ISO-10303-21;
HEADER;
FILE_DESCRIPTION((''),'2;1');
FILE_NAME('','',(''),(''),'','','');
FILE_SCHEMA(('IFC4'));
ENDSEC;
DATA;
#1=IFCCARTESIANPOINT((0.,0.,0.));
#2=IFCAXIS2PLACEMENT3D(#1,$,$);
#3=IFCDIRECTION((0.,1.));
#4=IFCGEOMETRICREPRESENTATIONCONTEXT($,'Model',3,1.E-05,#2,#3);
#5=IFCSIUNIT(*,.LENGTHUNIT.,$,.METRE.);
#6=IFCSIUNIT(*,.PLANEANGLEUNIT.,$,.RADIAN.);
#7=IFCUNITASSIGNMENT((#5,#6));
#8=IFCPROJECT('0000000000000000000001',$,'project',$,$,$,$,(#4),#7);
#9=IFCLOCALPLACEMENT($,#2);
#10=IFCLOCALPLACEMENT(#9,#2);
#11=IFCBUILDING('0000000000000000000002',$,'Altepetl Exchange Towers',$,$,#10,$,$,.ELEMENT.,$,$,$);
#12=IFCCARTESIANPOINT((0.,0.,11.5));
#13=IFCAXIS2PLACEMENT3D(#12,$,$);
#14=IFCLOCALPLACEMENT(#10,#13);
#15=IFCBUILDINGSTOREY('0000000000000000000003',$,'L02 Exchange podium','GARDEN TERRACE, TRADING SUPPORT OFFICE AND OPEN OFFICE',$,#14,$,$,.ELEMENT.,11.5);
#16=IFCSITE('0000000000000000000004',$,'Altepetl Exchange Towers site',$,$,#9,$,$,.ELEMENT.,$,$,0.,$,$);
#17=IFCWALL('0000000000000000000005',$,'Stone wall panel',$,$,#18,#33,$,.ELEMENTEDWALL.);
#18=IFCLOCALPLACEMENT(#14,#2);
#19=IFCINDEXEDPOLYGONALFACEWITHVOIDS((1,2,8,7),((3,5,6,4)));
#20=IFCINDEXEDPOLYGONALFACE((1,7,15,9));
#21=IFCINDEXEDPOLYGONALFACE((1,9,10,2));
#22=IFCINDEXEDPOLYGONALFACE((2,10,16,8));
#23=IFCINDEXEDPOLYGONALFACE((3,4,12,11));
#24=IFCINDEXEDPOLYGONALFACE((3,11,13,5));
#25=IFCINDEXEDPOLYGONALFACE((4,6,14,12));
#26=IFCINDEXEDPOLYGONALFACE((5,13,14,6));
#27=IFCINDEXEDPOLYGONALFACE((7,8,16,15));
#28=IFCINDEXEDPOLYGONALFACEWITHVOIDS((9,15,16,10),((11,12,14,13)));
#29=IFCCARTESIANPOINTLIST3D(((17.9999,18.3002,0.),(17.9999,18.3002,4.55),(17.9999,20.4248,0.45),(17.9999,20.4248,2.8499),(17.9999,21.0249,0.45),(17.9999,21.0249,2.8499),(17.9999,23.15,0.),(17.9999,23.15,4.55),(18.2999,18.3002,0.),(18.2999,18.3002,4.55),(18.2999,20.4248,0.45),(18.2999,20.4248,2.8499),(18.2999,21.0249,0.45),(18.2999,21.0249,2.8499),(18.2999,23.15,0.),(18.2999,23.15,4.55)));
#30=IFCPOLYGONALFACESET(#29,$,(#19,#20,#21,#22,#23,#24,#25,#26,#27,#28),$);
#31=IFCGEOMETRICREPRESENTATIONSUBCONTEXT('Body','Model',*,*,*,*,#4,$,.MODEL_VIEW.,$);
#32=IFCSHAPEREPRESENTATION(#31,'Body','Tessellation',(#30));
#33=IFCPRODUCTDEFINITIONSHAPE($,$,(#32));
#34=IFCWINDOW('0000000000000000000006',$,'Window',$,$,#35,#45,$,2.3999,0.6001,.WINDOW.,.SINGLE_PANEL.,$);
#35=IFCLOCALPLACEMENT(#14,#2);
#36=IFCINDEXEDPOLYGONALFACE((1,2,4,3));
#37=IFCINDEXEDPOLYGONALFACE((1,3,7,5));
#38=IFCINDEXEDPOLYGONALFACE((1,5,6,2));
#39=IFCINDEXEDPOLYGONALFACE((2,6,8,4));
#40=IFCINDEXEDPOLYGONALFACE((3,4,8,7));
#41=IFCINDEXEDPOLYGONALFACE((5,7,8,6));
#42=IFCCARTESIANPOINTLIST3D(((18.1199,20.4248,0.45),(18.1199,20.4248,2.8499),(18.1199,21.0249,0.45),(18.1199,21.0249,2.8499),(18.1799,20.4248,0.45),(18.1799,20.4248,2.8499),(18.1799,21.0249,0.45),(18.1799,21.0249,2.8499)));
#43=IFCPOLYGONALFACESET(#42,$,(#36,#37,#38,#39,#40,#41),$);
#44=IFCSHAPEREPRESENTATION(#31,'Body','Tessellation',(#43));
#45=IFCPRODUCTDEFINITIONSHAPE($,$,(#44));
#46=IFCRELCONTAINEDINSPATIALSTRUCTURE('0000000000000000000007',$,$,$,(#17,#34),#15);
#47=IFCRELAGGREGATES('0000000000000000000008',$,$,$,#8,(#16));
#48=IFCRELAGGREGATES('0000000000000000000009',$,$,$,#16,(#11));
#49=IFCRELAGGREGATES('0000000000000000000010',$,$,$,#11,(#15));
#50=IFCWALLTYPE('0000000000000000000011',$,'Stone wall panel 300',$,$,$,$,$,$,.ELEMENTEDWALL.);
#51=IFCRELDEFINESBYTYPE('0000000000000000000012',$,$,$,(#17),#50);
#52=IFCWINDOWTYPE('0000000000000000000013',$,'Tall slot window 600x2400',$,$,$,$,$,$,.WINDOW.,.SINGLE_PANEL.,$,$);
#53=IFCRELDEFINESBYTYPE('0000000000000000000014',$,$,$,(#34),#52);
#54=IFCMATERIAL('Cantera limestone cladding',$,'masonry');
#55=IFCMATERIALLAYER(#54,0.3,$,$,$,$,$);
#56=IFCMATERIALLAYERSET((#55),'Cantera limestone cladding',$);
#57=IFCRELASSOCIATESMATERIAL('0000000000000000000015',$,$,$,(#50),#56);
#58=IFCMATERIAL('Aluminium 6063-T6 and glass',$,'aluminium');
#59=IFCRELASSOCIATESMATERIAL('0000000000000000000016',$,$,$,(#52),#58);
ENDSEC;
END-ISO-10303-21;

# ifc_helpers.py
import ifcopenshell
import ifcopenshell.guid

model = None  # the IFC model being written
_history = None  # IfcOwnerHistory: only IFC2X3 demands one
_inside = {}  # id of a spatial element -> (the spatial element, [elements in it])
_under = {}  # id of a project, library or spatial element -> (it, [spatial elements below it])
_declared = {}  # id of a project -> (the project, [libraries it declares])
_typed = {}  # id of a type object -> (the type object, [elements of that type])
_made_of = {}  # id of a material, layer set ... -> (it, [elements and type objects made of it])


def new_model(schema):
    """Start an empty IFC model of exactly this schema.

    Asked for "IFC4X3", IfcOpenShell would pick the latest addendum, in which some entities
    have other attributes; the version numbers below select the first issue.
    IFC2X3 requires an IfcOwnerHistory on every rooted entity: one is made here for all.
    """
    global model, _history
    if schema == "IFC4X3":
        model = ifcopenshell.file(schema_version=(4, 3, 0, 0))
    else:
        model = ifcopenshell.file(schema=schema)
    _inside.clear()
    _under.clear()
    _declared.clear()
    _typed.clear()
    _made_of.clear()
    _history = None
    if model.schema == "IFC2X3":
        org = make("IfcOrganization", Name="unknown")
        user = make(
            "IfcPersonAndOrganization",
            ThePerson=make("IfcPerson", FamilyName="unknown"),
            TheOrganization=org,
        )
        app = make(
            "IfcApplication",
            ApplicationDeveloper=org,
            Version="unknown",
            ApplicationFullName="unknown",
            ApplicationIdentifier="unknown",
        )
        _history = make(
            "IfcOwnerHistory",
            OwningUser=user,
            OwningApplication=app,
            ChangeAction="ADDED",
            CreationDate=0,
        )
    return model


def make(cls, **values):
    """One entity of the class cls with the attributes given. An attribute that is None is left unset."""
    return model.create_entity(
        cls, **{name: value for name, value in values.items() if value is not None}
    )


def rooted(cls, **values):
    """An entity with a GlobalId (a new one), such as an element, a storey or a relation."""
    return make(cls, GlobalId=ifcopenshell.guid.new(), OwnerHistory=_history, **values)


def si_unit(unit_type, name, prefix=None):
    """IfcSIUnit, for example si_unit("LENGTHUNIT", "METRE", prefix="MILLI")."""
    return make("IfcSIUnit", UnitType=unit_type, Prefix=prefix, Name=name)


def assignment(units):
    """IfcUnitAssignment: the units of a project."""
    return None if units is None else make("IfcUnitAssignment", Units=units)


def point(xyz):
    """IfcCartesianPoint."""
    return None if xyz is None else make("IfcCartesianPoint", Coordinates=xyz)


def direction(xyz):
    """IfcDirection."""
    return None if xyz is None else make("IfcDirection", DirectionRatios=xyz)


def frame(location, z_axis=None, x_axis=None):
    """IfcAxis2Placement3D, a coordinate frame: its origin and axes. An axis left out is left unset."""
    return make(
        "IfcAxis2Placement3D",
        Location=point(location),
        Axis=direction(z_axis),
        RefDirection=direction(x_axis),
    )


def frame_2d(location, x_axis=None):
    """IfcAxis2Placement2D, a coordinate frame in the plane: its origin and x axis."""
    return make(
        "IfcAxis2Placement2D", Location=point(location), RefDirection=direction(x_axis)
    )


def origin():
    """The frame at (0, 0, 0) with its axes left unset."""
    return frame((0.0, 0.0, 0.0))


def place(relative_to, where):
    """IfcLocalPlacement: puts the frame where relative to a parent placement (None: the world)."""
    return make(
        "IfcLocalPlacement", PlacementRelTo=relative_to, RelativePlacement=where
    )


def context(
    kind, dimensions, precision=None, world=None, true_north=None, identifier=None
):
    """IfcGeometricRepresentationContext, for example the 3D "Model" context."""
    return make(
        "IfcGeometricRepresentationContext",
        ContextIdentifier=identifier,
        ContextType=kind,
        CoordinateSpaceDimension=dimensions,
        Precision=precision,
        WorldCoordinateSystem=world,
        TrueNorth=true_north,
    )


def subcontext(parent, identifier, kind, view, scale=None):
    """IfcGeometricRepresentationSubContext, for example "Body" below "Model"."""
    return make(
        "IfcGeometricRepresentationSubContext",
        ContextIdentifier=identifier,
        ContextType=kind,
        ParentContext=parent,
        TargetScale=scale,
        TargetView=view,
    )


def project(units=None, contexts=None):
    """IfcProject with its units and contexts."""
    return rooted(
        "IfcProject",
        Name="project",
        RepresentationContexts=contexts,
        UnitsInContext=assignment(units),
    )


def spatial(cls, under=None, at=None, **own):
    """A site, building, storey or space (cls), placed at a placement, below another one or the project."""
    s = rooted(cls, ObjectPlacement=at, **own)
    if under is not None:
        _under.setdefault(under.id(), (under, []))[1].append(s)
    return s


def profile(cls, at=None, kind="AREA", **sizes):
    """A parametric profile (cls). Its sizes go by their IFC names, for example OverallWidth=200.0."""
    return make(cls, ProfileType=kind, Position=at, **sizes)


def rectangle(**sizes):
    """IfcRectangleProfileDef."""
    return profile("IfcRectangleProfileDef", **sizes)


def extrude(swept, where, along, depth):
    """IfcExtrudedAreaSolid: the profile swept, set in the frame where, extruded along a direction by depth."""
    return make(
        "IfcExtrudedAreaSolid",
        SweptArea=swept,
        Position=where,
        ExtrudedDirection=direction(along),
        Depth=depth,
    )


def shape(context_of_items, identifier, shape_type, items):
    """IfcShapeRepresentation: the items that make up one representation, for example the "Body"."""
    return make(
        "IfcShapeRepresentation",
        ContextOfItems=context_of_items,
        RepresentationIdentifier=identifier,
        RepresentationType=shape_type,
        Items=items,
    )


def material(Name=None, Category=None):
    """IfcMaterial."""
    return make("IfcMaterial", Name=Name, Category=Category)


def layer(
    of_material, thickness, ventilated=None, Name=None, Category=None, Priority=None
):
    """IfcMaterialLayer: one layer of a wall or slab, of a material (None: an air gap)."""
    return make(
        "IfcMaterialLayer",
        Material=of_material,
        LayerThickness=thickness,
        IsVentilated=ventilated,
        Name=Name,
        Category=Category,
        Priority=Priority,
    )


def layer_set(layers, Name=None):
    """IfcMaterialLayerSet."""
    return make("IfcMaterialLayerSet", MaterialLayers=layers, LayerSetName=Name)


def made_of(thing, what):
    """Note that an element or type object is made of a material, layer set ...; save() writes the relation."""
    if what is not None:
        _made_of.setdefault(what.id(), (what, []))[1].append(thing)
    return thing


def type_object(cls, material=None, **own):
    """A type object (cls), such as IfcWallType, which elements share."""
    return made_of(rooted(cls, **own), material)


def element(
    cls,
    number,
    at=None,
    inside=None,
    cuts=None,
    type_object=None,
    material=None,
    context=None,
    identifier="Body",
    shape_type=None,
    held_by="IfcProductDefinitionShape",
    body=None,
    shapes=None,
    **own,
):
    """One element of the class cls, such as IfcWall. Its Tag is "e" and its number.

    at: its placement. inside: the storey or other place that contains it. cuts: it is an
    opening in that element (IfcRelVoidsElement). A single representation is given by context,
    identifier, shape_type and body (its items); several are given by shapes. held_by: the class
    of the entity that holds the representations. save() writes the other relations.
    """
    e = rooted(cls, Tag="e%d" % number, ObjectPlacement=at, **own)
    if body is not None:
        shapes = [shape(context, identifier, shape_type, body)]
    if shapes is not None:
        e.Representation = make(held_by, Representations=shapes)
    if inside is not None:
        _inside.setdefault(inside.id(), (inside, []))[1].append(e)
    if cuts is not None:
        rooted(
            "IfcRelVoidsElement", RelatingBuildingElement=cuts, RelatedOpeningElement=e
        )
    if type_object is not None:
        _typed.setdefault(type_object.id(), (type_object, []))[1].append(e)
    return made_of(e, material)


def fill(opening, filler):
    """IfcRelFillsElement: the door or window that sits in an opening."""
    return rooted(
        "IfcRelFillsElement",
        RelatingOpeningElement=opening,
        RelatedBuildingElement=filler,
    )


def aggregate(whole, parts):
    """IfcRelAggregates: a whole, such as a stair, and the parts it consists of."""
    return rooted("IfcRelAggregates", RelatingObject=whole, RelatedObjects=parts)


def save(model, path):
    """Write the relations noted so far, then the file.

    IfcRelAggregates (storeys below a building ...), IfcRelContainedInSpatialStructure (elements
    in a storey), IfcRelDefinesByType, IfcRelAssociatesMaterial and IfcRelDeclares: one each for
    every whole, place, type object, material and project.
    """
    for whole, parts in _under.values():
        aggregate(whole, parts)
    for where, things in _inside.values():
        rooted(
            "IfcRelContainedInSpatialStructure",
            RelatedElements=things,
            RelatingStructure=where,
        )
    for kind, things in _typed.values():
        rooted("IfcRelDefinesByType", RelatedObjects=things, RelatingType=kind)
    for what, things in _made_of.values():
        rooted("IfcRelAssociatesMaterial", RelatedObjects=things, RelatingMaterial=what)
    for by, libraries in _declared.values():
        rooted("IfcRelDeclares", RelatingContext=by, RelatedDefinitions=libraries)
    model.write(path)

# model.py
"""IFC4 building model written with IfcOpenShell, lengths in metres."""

from ifc_helpers import new_model, si_unit, direction, frame, frame_2d, origin, place, context, subcontext, project, spatial, rectangle, extrude, material, layer, layer_set, type_object, element, fill, save


model = new_model("IFC4")

# Units and contexts
model_context = context("Model", 3, precision=1e-05, world=origin(), true_north=direction((0.0, 1.0)))
body_context = subcontext(model_context, "Body", "Model", "MODEL_VIEW")
ifc_project = project(units=[si_unit("LENGTHUNIT", "METRE"), si_unit("PLANEANGLEUNIT", "RADIAN")], contexts=[model_context])

# Site, building, storey
site_placement = place(None, origin())
site = spatial("IfcSite", under=ifc_project, at=site_placement, Name="Altepetl Exchange Towers site", CompositionType="ELEMENT", RefElevation=0.0)
building_placement = place(site_placement, origin())
building = spatial("IfcBuilding", under=site, at=building_placement, Name="Altepetl Exchange Towers", CompositionType="ELEMENT")
storey_placement = place(building_placement, frame((0.0, 0.0, 11.5)))
storey = spatial("IfcBuildingStorey", under=building, at=storey_placement, Name="L02 Exchange podium", Description="GARDEN TERRACE, TRADING SUPPORT OFFICE AND OPEN OFFICE", CompositionType="ELEMENT", Elevation=11.5)

# Shared definitions
ifc_material_1 = material(Name="Aluminium 6063-T6 and glass", Category="aluminium")

# Wall, opening, window
ifc_material_2 = material(Name="Cantera limestone cladding", Category="masonry")
ifc_layer_1 = layer(ifc_material_2, 0.3)
ifc_layer_set_1 = layer_set([ifc_layer_1], Name="Cantera limestone cladding")
wall_type_1 = type_object("IfcWallType", Name="Stone wall panel 300", PredefinedType="ELEMENTEDWALL", material=ifc_layer_set_1)
window_type = type_object("IfcWindowType", Name="Tall slot window 600x2400", PartitioningType="SINGLE_PANEL", PredefinedType="WINDOW", material=ifc_material_1)
wall_1_placement = place(storey_placement, frame((18.1499, 23.1499, 0.0), z_axis=(0.0, 0.0, 1.0), x_axis=(0.0, -1.0, 0.0)))
wall_1 = element("IfcWall", 1, at=wall_1_placement, inside=storey, type_object=wall_type_1, Name="Stone wall panel", PredefinedType="ELEMENTEDWALL", context=body_context, shape_type="SweptSolid", body=[
    extrude(rectangle(XDim=4.8499, YDim=0.3, at=frame_2d((2.4248, 0.0))), origin(), (0.0, 0.0, 1.0), 4.55),
])
opening_1_placement = place(wall_1_placement, frame((2.125, 0.0, 0.45)))
opening_1 = element("IfcOpeningElement", 2, at=opening_1_placement, cuts=wall_1, PredefinedType="OPENING", context=body_context, shape_type="SweptSolid", body=[
    extrude(rectangle(XDim=0.6001, YDim=2.3999, at=frame_2d((0.3, 1.2))), frame((0.0, 0.1602, 0.0), z_axis=(0.0, -1.0, 0.0), x_axis=(1.0, 0.0, 0.0)), (0.0, 0.0, 1.0), 0.3201),
])
window_1_placement = place(opening_1_placement, origin())
window_1 = element("IfcWindow", 3, at=window_1_placement, inside=storey, type_object=window_type, Name="Window", OverallHeight=2.3999, OverallWidth=0.6001, PartitioningType="SINGLE_PANEL", PredefinedType="WINDOW", context=body_context, shape_type="SweptSolid", body=[
    extrude(rectangle(XDim=0.6001, YDim=2.3999, at=frame_2d((0.3, 1.2))), frame((0.0, 0.03, 0.0), z_axis=(0.0, -1.0, 0.0), x_axis=(1.0, 0.0, 0.0)), (0.0, 0.0, 1.0), 0.0601),
])
fill(opening_1, window_1)

save(model, "model.ifc")
